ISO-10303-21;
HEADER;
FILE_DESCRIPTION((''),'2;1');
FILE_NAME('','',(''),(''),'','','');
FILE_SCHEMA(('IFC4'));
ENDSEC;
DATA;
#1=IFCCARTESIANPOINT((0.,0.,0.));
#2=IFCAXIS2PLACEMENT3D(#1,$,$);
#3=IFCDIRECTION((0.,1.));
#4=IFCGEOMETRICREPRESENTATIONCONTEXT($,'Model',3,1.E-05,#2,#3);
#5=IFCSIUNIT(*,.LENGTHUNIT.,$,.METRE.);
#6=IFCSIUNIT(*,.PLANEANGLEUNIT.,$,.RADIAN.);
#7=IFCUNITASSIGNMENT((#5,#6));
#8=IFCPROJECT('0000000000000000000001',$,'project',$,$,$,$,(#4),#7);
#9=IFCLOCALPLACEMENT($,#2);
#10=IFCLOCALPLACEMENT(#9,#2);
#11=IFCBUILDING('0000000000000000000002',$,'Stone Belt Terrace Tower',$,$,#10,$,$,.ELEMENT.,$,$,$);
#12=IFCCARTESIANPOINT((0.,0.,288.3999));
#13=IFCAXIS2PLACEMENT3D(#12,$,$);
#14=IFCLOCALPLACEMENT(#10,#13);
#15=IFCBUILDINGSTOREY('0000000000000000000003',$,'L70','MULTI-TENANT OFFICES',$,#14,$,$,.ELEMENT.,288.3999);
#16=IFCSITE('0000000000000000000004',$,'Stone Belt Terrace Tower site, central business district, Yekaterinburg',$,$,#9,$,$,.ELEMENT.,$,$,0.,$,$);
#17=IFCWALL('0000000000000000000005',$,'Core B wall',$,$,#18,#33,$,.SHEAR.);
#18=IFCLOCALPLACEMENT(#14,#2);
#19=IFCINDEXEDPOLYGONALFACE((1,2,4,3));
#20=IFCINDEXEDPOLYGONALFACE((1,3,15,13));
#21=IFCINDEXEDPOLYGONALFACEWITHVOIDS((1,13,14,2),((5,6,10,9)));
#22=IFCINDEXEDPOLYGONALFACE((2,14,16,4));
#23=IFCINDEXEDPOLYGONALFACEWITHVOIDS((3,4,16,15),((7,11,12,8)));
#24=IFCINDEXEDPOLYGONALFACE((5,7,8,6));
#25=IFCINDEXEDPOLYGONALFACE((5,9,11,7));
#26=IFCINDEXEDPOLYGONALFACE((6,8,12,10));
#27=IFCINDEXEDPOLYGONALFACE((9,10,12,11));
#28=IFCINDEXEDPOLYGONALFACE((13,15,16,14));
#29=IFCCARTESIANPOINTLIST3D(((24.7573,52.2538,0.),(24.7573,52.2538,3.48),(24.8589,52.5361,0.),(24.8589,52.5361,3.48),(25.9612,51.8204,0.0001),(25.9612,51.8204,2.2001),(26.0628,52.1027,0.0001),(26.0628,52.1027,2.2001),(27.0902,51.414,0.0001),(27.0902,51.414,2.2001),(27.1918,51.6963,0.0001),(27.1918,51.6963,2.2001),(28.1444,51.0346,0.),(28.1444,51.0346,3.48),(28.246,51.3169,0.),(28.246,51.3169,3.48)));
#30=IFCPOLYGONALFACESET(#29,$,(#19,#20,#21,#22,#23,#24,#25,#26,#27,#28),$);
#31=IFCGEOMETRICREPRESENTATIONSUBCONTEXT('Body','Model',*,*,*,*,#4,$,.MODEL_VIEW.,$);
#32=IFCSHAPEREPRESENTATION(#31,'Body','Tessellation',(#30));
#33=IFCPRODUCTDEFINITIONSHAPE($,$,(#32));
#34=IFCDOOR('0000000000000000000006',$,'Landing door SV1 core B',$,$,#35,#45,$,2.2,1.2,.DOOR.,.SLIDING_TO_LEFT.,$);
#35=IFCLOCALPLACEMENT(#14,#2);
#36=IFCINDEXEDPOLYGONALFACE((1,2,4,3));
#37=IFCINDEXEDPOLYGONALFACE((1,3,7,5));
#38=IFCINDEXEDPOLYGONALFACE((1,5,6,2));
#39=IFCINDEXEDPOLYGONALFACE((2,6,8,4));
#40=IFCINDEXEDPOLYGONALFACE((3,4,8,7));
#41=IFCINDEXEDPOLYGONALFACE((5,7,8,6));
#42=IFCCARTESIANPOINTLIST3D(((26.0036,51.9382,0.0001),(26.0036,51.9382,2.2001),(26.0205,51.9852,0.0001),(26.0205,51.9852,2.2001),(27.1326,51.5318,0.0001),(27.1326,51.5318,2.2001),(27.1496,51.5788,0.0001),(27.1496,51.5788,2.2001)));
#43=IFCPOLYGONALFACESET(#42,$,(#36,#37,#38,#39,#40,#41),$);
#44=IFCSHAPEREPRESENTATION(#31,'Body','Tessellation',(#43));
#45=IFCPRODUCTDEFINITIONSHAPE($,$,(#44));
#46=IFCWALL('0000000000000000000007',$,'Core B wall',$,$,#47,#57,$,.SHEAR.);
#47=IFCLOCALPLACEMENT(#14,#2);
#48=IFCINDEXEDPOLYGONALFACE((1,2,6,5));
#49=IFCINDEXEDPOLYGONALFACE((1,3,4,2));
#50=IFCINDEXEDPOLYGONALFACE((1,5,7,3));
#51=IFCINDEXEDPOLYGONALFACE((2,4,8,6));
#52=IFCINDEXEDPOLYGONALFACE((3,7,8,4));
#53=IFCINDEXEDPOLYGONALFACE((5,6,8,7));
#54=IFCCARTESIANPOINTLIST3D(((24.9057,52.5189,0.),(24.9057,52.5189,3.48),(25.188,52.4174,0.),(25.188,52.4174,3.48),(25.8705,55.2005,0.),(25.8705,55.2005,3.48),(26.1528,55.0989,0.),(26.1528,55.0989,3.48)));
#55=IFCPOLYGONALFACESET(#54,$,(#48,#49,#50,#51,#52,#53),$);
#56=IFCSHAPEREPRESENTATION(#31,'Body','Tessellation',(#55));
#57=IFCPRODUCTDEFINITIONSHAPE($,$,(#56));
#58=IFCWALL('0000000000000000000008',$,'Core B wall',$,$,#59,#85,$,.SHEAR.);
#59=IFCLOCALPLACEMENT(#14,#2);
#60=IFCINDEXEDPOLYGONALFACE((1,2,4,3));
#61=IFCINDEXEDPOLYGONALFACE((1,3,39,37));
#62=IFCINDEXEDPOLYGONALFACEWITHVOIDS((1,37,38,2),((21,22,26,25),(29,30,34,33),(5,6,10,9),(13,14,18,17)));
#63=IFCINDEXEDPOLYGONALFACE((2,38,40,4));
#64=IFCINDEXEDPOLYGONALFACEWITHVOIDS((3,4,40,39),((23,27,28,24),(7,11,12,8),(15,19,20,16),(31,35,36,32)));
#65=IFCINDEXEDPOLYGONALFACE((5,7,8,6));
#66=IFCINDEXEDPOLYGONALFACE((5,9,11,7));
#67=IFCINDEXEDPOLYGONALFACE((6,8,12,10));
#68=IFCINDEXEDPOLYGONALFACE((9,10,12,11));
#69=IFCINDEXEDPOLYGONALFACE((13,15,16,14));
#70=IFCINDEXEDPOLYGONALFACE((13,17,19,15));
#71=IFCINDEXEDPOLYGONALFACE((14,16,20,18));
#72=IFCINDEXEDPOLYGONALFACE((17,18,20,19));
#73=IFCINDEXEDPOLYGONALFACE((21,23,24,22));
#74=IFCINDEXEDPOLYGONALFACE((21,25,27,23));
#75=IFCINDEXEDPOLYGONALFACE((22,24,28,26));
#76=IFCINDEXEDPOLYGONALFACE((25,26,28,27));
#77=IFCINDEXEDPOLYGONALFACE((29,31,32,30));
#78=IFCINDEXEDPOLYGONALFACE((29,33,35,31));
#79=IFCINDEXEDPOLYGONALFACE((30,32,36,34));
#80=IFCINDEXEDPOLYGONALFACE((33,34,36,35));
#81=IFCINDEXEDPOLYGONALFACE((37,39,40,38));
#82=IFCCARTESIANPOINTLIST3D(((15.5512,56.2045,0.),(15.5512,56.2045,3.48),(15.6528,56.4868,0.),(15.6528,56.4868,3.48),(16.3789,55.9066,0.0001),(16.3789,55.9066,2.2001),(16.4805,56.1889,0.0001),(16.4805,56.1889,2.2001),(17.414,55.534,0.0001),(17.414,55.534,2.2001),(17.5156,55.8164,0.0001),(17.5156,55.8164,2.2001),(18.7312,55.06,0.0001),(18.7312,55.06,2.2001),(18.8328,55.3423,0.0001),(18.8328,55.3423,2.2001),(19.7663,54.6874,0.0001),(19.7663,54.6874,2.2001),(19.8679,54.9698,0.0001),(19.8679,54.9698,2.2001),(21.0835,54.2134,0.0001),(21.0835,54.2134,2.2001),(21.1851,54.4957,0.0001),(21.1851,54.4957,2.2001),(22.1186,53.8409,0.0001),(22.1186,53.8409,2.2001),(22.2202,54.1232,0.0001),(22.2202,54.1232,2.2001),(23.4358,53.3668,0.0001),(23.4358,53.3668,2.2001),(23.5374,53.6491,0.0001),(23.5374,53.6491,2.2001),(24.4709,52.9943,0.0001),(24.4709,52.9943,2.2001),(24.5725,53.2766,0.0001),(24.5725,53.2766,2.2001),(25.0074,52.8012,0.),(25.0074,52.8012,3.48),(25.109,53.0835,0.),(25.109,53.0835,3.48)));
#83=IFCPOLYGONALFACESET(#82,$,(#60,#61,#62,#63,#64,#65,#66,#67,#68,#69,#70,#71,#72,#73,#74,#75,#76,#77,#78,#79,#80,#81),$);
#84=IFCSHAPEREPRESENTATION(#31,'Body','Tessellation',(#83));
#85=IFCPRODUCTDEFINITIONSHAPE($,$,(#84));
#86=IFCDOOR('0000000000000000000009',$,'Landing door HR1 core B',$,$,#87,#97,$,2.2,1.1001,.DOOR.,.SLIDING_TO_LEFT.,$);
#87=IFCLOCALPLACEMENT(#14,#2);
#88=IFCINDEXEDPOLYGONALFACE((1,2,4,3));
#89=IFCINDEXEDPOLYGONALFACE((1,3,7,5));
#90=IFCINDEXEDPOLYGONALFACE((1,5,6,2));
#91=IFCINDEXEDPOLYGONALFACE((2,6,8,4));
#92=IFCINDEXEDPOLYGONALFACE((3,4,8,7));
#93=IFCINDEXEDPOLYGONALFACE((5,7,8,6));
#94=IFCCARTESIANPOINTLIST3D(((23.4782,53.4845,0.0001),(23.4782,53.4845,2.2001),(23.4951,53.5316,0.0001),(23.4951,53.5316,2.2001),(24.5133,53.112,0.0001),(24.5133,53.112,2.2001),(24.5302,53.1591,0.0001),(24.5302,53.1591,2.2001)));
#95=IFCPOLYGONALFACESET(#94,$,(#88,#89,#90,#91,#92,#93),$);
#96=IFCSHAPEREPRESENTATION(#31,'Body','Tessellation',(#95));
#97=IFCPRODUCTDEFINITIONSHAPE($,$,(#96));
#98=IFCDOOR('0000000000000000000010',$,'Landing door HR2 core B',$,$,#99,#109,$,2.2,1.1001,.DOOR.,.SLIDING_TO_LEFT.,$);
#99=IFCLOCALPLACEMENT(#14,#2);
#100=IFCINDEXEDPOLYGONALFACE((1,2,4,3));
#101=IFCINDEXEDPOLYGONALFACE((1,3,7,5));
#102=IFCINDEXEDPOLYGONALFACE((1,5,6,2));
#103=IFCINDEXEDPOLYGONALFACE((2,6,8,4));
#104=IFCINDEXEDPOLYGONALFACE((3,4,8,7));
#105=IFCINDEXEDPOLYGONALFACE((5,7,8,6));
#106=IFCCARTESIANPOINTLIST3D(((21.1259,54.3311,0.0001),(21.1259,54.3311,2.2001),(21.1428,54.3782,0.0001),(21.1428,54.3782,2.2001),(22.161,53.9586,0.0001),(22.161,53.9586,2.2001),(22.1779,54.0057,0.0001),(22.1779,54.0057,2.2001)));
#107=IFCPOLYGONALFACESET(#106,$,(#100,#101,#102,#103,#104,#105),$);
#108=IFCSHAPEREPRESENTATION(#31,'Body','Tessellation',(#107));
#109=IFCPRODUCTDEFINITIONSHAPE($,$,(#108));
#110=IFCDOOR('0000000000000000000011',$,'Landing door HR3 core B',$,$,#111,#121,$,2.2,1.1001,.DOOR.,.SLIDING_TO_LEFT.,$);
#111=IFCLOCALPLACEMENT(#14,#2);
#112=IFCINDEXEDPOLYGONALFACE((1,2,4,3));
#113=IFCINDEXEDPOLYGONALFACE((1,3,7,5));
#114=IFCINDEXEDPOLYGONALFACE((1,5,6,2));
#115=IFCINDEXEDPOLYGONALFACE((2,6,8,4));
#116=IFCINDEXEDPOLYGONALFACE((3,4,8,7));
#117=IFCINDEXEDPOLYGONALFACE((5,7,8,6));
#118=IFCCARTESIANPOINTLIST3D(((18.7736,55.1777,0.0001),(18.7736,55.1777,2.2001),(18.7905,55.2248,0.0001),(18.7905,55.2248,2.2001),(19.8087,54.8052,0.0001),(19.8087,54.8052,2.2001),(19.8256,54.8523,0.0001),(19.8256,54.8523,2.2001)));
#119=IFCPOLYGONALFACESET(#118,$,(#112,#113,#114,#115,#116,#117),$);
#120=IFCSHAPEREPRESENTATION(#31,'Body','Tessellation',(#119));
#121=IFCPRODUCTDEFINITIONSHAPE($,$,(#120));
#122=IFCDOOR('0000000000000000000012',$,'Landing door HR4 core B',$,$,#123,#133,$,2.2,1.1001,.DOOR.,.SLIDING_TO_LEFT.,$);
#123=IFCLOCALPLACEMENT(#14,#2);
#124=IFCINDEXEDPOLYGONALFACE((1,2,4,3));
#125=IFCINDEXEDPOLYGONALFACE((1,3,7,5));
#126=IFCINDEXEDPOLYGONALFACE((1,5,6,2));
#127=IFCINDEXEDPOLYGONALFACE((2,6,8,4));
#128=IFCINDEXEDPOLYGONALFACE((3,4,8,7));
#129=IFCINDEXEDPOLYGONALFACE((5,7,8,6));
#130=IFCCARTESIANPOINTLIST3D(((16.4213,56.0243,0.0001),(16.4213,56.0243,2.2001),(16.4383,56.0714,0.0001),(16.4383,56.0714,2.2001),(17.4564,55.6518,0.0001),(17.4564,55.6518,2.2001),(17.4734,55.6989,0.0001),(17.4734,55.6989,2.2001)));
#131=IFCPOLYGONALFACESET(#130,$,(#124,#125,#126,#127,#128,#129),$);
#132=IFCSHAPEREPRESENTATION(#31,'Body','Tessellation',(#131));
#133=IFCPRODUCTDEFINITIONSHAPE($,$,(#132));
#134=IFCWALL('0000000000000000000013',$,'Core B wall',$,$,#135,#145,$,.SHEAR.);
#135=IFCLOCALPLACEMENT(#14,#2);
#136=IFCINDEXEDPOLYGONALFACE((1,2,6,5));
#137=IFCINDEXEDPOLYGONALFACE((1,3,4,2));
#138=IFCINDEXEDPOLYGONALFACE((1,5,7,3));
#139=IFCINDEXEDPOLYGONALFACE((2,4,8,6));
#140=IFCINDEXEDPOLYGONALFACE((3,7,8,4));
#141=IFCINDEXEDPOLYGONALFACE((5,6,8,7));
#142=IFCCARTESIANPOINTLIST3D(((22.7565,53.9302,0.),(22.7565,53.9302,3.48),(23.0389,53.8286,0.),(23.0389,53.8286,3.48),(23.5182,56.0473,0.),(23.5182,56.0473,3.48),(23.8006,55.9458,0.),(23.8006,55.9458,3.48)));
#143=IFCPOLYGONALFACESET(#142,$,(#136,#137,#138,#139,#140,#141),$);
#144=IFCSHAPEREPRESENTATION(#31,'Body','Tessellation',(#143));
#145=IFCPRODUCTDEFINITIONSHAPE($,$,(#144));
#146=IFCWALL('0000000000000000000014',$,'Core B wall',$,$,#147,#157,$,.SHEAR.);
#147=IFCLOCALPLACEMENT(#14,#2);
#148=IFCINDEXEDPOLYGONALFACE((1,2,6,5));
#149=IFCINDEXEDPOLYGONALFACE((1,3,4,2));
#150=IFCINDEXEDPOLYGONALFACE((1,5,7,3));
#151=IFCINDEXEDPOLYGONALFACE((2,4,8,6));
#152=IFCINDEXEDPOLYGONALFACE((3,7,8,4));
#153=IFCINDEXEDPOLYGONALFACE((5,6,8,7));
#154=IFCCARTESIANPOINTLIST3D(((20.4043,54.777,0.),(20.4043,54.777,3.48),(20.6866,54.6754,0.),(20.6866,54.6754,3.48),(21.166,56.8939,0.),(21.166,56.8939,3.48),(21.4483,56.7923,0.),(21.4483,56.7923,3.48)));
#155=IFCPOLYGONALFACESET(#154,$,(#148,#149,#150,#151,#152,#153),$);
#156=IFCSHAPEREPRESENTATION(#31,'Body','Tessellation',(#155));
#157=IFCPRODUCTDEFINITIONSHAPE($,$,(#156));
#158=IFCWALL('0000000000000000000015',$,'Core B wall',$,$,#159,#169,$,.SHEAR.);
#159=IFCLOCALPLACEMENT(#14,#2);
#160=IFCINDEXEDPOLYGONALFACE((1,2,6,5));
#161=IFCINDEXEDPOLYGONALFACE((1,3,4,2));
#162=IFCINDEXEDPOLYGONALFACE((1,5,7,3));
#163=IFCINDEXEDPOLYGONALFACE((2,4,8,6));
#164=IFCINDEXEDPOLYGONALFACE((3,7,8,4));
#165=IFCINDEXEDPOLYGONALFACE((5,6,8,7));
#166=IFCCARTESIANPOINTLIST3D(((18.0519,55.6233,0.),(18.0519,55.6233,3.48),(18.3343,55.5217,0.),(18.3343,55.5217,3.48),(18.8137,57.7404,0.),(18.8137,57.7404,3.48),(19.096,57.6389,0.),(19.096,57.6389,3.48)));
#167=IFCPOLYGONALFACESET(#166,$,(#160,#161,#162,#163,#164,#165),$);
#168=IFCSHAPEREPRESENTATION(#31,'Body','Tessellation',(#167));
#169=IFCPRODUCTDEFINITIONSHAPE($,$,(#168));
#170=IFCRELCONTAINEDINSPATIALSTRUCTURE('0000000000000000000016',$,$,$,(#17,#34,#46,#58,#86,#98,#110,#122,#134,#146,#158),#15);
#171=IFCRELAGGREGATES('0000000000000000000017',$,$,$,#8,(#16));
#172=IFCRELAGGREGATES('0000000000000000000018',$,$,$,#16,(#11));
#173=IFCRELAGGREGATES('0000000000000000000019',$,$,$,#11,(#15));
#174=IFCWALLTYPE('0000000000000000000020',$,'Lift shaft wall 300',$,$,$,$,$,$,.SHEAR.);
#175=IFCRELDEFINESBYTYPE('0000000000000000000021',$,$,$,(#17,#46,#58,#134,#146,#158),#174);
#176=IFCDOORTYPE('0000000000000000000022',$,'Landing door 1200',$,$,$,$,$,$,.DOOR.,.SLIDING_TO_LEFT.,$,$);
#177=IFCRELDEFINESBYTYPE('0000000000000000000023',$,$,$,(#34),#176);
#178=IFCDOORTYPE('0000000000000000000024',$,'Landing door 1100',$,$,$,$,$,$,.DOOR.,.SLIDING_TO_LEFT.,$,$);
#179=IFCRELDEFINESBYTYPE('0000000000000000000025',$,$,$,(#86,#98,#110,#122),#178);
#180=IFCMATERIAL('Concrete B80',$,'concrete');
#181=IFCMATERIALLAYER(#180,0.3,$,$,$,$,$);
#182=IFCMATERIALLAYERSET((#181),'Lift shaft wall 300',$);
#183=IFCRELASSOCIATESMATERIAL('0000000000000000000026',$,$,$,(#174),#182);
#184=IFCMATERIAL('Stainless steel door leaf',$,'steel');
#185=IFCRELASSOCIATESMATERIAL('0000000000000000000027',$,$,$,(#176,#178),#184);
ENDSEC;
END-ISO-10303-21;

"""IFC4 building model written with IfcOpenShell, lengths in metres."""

from ifc_helpers import new_model, si_unit, direction, frame, frame_2d, origin, place, context, subcontext, project, spatial, rectangle, extrude, material, layer, layer_set, type_object, element, fill, save


model = new_model("IFC4")

# Units and contexts
model_context = context("Model", 3, precision=1e-05, world=origin(), true_north=direction((0.0, 1.0)))
body_context = subcontext(model_context, "Body", "Model", "MODEL_VIEW")
ifc_project = project(units=[si_unit("LENGTHUNIT", "METRE"), si_unit("PLANEANGLEUNIT", "RADIAN")], contexts=[model_context])

# Site, building, storey
site_placement = place(None, origin())
site = spatial("IfcSite", under=ifc_project, at=site_placement, Name="Stone Belt Terrace Tower site, central business district, Yekaterinburg", CompositionType="ELEMENT", RefElevation=0.0)
building_placement = place(site_placement, origin())
building = spatial("IfcBuilding", under=site, at=building_placement, Name="Stone Belt Terrace Tower", CompositionType="ELEMENT")
storey_placement = place(building_placement, frame((0.0, 0.0, 288.3999)))
storey = spatial("IfcBuildingStorey", under=building, at=storey_placement, Name="L70", Description="MULTI-TENANT OFFICES", CompositionType="ELEMENT", Elevation=288.3999)

# Shared definitions
ifc_material_1 = material(Name="Concrete B80", Category="concrete")

# Wall, opening, door
ifc_layer_1 = layer(ifc_material_1, 0.3)
ifc_layer_set_1 = layer_set([ifc_layer_1], Name="Lift shaft wall 300")
wall_type_1 = type_object("IfcWallType", Name="Lift shaft wall 300", PredefinedType="SHEAR", material=ifc_layer_set_1)
wall_1_placement = place(storey_placement, frame((28.1951, 51.1758, 0.0), z_axis=(0.0, 0.0, 1.0), x_axis=(-0.940901, 0.338681, 0.0)))
wall_1 = element("IfcWall", 1, at=wall_1_placement, inside=storey, type_object=wall_type_1, Name="Core B wall", PredefinedType="SHEAR", context=body_context, shape_type="SweptSolid", body=[
    extrude(rectangle(XDim=3.5999, YDim=0.3, at=frame_2d((1.7998, 0.0))), origin(), (0.0, 0.0, 1.0), 3.48),
])
opening_1_placement = place(wall_1_placement, frame((1.1201, 0.0, 0.0)))
opening_1 = element("IfcOpeningElement", 2, at=opening_1_placement, cuts=wall_1, PredefinedType="OPENING", context=body_context, shape_type="SweptSolid", body=[
    extrude(rectangle(XDim=1.2, YDim=2.2, at=frame_2d((0.6001, 1.1001))), frame((0.0, 0.1599, 0.0), z_axis=(0.0, -1.0, 0.0), x_axis=(1.0, 0.0, 0.0)), (0.0, 0.0, 1.0), 0.3201),
])
ifc_material_2 = material(Name="Stainless steel door leaf", Category="steel")
door_type_1 = type_object("IfcDoorType", Name="Landing door 1200", OperationType="SLIDING_TO_LEFT", PredefinedType="DOOR", material=ifc_material_2)
door_1_placement = place(opening_1_placement, origin())
door_1 = element("IfcDoor", 3, at=door_1_placement, inside=storey, type_object=door_type_1, Name="Landing door SV1 core B", OperationType="SLIDING_TO_LEFT", OverallHeight=2.2, OverallWidth=1.2, PredefinedType="DOOR", context=body_context, shape_type="SweptSolid", body=[
    extrude(rectangle(XDim=1.2, YDim=2.2, at=frame_2d((0.6001, 1.1001))), frame((0.0, 0.0249, 0.0), z_axis=(0.0, -1.0, 0.0), x_axis=(1.0, 0.0, 0.0)), (0.0, 0.0, 1.0), 0.05),
])
fill(opening_1, door_1)

# Wall
wall_2_placement = place(storey_placement, frame((25.0469, 52.4683, 0.0), z_axis=(0.0, 0.0, 1.0), x_axis=(0.33855, 0.940949, 0.0)))
element("IfcWall", 4, at=wall_2_placement, inside=storey, type_object=wall_type_1, Name="Core B wall", PredefinedType="SHEAR", context=body_context, shape_type="SweptSolid", body=[
    extrude(rectangle(XDim=2.8499, YDim=0.3, at=frame_2d((1.4248, 0.0))), origin(), (0.0, 0.0, 1.0), 3.48),
])

# Wall, openings, doors
wall_3_placement = place(storey_placement, frame((25.0581, 52.9424, 0.0), z_axis=(0.0, 0.0, 1.0), x_axis=(-0.940917, 0.338636, 0.0)))
wall_3 = element("IfcWall", 5, at=wall_3_placement, inside=storey, type_object=wall_type_1, Name="Core B wall", PredefinedType="SHEAR", context=body_context, shape_type="SweptSolid", body=[
    extrude(rectangle(XDim=10.05, YDim=0.3, at=frame_2d((5.0249, 0.0))), origin(), (0.0, 0.0, 1.0), 3.48),
])
opening_2_placement = place(wall_3_placement, frame((0.5701, 0.0, 0.0)))
opening_2 = element("IfcOpeningElement", 6, at=opening_2_placement, cuts=wall_3, PredefinedType="OPENING", context=body_context, shape_type="SweptSolid", body=[
    extrude(rectangle(XDim=1.1001, YDim=2.2, at=frame_2d((0.55, 1.1001))), frame((0.0, 0.1599, 0.0), z_axis=(0.0, -1.0, 0.0), x_axis=(1.0, 0.0, 0.0)), (0.0, 0.0, 1.0), 0.3201),
])
opening_3_placement = place(wall_3_placement, frame((3.0701, 0.0, 0.0)))
opening_3 = element("IfcOpeningElement", 7, at=opening_3_placement, cuts=wall_3, PredefinedType="OPENING", context=body_context, shape_type="SweptSolid", body=[
    extrude(rectangle(XDim=1.1001, YDim=2.2, at=frame_2d((0.55, 1.1001))), frame((0.0, 0.1599, 0.0), z_axis=(0.0, -1.0, 0.0), x_axis=(1.0, 0.0, 0.0)), (0.0, 0.0, 1.0), 0.3201),
])
opening_4_placement = place(wall_3_placement, frame((5.5701, 0.0, 0.0)))
opening_4 = element("IfcOpeningElement", 8, at=opening_4_placement, cuts=wall_3, PredefinedType="OPENING", context=body_context, shape_type="SweptSolid", body=[
    extrude(rectangle(XDim=1.1001, YDim=2.2, at=frame_2d((0.55, 1.1001))), frame((0.0, 0.1599, 0.0), z_axis=(0.0, -1.0, 0.0), x_axis=(1.0, 0.0, 0.0)), (0.0, 0.0, 1.0), 0.3201),
])
opening_5_placement = place(wall_3_placement, frame((8.0701, 0.0, 0.0)))
opening_5 = element("IfcOpeningElement", 9, at=opening_5_placement, cuts=wall_3, PredefinedType="OPENING", context=body_context, shape_type="SweptSolid", body=[
    extrude(rectangle(XDim=1.1001, YDim=2.2, at=frame_2d((0.55, 1.1001))), frame((0.0, 0.1599, 0.0), z_axis=(0.0, -1.0, 0.0), x_axis=(1.0, 0.0, 0.0)), (0.0, 0.0, 1.0), 0.3201),
])
door_type_2 = type_object("IfcDoorType", Name="Landing door 1100", OperationType="SLIDING_TO_LEFT", PredefinedType="DOOR", material=ifc_material_2)
door_2_placement = place(opening_2_placement, origin())
door_2 = element("IfcDoor", 10, at=door_2_placement, inside=storey, type_object=door_type_2, Name="Landing door HR1 core B", OperationType="SLIDING_TO_LEFT", OverallHeight=2.2, OverallWidth=1.1001, PredefinedType="DOOR", context=body_context, shape_type="SweptSolid", body=[
    extrude(rectangle(XDim=1.1001, YDim=2.2, at=frame_2d((0.55, 1.1001))), frame((0.0, 0.0249, 0.0), z_axis=(0.0, -1.0, 0.0), x_axis=(1.0, 0.0, 0.0)), (0.0, 0.0, 1.0), 0.05),
])
fill(opening_2, door_2)
door_3_placement = place(opening_3_placement, origin())
door_3 = element("IfcDoor", 11, at=door_3_placement, inside=storey, type_object=door_type_2, Name="Landing door HR2 core B", OperationType="SLIDING_TO_LEFT", OverallHeight=2.2, OverallWidth=1.1001, PredefinedType="DOOR", context=body_context, shape_type="SweptSolid", body=[
    extrude(rectangle(XDim=1.1001, YDim=2.2, at=frame_2d((0.55, 1.1001))), frame((0.0, 0.0249, 0.0), z_axis=(0.0, -1.0, 0.0), x_axis=(1.0, 0.0, 0.0)), (0.0, 0.0, 1.0), 0.05),
])
fill(opening_3, door_3)
door_4_placement = place(opening_4_placement, origin())
door_4 = element("IfcDoor", 12, at=door_4_placement, inside=storey, type_object=door_type_2, Name="Landing door HR3 core B", OperationType="SLIDING_TO_LEFT", OverallHeight=2.2, OverallWidth=1.1001, PredefinedType="DOOR", context=body_context, shape_type="SweptSolid", body=[
    extrude(rectangle(XDim=1.1001, YDim=2.2, at=frame_2d((0.55, 1.1001))), frame((0.0, 0.0249, 0.0), z_axis=(0.0, -1.0, 0.0), x_axis=(1.0, 0.0, 0.0)), (0.0, 0.0, 1.0), 0.05),
])
fill(opening_4, door_4)
door_5_placement = place(opening_5_placement, origin())
door_5 = element("IfcDoor", 13, at=door_5_placement, inside=storey, type_object=door_type_2, Name="Landing door HR4 core B", OperationType="SLIDING_TO_LEFT", OverallHeight=2.2, OverallWidth=1.1001, PredefinedType="DOOR", context=body_context, shape_type="SweptSolid", body=[
    extrude(rectangle(XDim=1.1001, YDim=2.2, at=frame_2d((0.55, 1.1001))), frame((0.0, 0.0249, 0.0), z_axis=(0.0, -1.0, 0.0), x_axis=(1.0, 0.0, 0.0)), (0.0, 0.0, 1.0), 0.05),
])
fill(opening_5, door_5)

# Walls
wall_4_placement = place(storey_placement, frame((22.8977, 53.8794, 0.0), z_axis=(0.0, 0.0, 1.0), x_axis=(0.338535, 0.940954, 0.0)))
element("IfcWall", 14, at=wall_4_placement, inside=storey, type_object=wall_type_1, Name="Core B wall", PredefinedType="SHEAR", context=body_context, shape_type="SweptSolid", body=[
    extrude(rectangle(XDim=2.25, YDim=0.3, at=frame_2d((1.125, 0.0))), origin(), (0.0, 0.0, 1.0), 3.48),
])
wall_5_placement = place(storey_placement, frame((20.5454, 54.7261, 0.0), z_axis=(0.0, 0.0, 1.0), x_axis=(0.33857, 0.940941, 0.0)))
element("IfcWall", 15, at=wall_5_placement, inside=storey, type_object=wall_type_1, Name="Core B wall", PredefinedType="SHEAR", context=body_context, shape_type="SweptSolid", body=[
    extrude(rectangle(XDim=2.2498, YDim=0.3, at=frame_2d((1.125, 0.0))), origin(), (0.0, 0.0, 1.0), 3.48),
])
wall_6_placement = place(storey_placement, frame((18.1931, 55.5725, 0.0), z_axis=(0.0, 0.0, 1.0), x_axis=(0.338535, 0.940954, 0.0)))
element("IfcWall", 16, at=wall_6_placement, inside=storey, type_object=wall_type_1, Name="Core B wall", PredefinedType="SHEAR", context=body_context, shape_type="SweptSolid", body=[
    extrude(rectangle(XDim=2.25, YDim=0.3, at=frame_2d((1.125, 0.0))), origin(), (0.0, 0.0, 1.0), 3.48),
])

save(model, "model.ifc")
